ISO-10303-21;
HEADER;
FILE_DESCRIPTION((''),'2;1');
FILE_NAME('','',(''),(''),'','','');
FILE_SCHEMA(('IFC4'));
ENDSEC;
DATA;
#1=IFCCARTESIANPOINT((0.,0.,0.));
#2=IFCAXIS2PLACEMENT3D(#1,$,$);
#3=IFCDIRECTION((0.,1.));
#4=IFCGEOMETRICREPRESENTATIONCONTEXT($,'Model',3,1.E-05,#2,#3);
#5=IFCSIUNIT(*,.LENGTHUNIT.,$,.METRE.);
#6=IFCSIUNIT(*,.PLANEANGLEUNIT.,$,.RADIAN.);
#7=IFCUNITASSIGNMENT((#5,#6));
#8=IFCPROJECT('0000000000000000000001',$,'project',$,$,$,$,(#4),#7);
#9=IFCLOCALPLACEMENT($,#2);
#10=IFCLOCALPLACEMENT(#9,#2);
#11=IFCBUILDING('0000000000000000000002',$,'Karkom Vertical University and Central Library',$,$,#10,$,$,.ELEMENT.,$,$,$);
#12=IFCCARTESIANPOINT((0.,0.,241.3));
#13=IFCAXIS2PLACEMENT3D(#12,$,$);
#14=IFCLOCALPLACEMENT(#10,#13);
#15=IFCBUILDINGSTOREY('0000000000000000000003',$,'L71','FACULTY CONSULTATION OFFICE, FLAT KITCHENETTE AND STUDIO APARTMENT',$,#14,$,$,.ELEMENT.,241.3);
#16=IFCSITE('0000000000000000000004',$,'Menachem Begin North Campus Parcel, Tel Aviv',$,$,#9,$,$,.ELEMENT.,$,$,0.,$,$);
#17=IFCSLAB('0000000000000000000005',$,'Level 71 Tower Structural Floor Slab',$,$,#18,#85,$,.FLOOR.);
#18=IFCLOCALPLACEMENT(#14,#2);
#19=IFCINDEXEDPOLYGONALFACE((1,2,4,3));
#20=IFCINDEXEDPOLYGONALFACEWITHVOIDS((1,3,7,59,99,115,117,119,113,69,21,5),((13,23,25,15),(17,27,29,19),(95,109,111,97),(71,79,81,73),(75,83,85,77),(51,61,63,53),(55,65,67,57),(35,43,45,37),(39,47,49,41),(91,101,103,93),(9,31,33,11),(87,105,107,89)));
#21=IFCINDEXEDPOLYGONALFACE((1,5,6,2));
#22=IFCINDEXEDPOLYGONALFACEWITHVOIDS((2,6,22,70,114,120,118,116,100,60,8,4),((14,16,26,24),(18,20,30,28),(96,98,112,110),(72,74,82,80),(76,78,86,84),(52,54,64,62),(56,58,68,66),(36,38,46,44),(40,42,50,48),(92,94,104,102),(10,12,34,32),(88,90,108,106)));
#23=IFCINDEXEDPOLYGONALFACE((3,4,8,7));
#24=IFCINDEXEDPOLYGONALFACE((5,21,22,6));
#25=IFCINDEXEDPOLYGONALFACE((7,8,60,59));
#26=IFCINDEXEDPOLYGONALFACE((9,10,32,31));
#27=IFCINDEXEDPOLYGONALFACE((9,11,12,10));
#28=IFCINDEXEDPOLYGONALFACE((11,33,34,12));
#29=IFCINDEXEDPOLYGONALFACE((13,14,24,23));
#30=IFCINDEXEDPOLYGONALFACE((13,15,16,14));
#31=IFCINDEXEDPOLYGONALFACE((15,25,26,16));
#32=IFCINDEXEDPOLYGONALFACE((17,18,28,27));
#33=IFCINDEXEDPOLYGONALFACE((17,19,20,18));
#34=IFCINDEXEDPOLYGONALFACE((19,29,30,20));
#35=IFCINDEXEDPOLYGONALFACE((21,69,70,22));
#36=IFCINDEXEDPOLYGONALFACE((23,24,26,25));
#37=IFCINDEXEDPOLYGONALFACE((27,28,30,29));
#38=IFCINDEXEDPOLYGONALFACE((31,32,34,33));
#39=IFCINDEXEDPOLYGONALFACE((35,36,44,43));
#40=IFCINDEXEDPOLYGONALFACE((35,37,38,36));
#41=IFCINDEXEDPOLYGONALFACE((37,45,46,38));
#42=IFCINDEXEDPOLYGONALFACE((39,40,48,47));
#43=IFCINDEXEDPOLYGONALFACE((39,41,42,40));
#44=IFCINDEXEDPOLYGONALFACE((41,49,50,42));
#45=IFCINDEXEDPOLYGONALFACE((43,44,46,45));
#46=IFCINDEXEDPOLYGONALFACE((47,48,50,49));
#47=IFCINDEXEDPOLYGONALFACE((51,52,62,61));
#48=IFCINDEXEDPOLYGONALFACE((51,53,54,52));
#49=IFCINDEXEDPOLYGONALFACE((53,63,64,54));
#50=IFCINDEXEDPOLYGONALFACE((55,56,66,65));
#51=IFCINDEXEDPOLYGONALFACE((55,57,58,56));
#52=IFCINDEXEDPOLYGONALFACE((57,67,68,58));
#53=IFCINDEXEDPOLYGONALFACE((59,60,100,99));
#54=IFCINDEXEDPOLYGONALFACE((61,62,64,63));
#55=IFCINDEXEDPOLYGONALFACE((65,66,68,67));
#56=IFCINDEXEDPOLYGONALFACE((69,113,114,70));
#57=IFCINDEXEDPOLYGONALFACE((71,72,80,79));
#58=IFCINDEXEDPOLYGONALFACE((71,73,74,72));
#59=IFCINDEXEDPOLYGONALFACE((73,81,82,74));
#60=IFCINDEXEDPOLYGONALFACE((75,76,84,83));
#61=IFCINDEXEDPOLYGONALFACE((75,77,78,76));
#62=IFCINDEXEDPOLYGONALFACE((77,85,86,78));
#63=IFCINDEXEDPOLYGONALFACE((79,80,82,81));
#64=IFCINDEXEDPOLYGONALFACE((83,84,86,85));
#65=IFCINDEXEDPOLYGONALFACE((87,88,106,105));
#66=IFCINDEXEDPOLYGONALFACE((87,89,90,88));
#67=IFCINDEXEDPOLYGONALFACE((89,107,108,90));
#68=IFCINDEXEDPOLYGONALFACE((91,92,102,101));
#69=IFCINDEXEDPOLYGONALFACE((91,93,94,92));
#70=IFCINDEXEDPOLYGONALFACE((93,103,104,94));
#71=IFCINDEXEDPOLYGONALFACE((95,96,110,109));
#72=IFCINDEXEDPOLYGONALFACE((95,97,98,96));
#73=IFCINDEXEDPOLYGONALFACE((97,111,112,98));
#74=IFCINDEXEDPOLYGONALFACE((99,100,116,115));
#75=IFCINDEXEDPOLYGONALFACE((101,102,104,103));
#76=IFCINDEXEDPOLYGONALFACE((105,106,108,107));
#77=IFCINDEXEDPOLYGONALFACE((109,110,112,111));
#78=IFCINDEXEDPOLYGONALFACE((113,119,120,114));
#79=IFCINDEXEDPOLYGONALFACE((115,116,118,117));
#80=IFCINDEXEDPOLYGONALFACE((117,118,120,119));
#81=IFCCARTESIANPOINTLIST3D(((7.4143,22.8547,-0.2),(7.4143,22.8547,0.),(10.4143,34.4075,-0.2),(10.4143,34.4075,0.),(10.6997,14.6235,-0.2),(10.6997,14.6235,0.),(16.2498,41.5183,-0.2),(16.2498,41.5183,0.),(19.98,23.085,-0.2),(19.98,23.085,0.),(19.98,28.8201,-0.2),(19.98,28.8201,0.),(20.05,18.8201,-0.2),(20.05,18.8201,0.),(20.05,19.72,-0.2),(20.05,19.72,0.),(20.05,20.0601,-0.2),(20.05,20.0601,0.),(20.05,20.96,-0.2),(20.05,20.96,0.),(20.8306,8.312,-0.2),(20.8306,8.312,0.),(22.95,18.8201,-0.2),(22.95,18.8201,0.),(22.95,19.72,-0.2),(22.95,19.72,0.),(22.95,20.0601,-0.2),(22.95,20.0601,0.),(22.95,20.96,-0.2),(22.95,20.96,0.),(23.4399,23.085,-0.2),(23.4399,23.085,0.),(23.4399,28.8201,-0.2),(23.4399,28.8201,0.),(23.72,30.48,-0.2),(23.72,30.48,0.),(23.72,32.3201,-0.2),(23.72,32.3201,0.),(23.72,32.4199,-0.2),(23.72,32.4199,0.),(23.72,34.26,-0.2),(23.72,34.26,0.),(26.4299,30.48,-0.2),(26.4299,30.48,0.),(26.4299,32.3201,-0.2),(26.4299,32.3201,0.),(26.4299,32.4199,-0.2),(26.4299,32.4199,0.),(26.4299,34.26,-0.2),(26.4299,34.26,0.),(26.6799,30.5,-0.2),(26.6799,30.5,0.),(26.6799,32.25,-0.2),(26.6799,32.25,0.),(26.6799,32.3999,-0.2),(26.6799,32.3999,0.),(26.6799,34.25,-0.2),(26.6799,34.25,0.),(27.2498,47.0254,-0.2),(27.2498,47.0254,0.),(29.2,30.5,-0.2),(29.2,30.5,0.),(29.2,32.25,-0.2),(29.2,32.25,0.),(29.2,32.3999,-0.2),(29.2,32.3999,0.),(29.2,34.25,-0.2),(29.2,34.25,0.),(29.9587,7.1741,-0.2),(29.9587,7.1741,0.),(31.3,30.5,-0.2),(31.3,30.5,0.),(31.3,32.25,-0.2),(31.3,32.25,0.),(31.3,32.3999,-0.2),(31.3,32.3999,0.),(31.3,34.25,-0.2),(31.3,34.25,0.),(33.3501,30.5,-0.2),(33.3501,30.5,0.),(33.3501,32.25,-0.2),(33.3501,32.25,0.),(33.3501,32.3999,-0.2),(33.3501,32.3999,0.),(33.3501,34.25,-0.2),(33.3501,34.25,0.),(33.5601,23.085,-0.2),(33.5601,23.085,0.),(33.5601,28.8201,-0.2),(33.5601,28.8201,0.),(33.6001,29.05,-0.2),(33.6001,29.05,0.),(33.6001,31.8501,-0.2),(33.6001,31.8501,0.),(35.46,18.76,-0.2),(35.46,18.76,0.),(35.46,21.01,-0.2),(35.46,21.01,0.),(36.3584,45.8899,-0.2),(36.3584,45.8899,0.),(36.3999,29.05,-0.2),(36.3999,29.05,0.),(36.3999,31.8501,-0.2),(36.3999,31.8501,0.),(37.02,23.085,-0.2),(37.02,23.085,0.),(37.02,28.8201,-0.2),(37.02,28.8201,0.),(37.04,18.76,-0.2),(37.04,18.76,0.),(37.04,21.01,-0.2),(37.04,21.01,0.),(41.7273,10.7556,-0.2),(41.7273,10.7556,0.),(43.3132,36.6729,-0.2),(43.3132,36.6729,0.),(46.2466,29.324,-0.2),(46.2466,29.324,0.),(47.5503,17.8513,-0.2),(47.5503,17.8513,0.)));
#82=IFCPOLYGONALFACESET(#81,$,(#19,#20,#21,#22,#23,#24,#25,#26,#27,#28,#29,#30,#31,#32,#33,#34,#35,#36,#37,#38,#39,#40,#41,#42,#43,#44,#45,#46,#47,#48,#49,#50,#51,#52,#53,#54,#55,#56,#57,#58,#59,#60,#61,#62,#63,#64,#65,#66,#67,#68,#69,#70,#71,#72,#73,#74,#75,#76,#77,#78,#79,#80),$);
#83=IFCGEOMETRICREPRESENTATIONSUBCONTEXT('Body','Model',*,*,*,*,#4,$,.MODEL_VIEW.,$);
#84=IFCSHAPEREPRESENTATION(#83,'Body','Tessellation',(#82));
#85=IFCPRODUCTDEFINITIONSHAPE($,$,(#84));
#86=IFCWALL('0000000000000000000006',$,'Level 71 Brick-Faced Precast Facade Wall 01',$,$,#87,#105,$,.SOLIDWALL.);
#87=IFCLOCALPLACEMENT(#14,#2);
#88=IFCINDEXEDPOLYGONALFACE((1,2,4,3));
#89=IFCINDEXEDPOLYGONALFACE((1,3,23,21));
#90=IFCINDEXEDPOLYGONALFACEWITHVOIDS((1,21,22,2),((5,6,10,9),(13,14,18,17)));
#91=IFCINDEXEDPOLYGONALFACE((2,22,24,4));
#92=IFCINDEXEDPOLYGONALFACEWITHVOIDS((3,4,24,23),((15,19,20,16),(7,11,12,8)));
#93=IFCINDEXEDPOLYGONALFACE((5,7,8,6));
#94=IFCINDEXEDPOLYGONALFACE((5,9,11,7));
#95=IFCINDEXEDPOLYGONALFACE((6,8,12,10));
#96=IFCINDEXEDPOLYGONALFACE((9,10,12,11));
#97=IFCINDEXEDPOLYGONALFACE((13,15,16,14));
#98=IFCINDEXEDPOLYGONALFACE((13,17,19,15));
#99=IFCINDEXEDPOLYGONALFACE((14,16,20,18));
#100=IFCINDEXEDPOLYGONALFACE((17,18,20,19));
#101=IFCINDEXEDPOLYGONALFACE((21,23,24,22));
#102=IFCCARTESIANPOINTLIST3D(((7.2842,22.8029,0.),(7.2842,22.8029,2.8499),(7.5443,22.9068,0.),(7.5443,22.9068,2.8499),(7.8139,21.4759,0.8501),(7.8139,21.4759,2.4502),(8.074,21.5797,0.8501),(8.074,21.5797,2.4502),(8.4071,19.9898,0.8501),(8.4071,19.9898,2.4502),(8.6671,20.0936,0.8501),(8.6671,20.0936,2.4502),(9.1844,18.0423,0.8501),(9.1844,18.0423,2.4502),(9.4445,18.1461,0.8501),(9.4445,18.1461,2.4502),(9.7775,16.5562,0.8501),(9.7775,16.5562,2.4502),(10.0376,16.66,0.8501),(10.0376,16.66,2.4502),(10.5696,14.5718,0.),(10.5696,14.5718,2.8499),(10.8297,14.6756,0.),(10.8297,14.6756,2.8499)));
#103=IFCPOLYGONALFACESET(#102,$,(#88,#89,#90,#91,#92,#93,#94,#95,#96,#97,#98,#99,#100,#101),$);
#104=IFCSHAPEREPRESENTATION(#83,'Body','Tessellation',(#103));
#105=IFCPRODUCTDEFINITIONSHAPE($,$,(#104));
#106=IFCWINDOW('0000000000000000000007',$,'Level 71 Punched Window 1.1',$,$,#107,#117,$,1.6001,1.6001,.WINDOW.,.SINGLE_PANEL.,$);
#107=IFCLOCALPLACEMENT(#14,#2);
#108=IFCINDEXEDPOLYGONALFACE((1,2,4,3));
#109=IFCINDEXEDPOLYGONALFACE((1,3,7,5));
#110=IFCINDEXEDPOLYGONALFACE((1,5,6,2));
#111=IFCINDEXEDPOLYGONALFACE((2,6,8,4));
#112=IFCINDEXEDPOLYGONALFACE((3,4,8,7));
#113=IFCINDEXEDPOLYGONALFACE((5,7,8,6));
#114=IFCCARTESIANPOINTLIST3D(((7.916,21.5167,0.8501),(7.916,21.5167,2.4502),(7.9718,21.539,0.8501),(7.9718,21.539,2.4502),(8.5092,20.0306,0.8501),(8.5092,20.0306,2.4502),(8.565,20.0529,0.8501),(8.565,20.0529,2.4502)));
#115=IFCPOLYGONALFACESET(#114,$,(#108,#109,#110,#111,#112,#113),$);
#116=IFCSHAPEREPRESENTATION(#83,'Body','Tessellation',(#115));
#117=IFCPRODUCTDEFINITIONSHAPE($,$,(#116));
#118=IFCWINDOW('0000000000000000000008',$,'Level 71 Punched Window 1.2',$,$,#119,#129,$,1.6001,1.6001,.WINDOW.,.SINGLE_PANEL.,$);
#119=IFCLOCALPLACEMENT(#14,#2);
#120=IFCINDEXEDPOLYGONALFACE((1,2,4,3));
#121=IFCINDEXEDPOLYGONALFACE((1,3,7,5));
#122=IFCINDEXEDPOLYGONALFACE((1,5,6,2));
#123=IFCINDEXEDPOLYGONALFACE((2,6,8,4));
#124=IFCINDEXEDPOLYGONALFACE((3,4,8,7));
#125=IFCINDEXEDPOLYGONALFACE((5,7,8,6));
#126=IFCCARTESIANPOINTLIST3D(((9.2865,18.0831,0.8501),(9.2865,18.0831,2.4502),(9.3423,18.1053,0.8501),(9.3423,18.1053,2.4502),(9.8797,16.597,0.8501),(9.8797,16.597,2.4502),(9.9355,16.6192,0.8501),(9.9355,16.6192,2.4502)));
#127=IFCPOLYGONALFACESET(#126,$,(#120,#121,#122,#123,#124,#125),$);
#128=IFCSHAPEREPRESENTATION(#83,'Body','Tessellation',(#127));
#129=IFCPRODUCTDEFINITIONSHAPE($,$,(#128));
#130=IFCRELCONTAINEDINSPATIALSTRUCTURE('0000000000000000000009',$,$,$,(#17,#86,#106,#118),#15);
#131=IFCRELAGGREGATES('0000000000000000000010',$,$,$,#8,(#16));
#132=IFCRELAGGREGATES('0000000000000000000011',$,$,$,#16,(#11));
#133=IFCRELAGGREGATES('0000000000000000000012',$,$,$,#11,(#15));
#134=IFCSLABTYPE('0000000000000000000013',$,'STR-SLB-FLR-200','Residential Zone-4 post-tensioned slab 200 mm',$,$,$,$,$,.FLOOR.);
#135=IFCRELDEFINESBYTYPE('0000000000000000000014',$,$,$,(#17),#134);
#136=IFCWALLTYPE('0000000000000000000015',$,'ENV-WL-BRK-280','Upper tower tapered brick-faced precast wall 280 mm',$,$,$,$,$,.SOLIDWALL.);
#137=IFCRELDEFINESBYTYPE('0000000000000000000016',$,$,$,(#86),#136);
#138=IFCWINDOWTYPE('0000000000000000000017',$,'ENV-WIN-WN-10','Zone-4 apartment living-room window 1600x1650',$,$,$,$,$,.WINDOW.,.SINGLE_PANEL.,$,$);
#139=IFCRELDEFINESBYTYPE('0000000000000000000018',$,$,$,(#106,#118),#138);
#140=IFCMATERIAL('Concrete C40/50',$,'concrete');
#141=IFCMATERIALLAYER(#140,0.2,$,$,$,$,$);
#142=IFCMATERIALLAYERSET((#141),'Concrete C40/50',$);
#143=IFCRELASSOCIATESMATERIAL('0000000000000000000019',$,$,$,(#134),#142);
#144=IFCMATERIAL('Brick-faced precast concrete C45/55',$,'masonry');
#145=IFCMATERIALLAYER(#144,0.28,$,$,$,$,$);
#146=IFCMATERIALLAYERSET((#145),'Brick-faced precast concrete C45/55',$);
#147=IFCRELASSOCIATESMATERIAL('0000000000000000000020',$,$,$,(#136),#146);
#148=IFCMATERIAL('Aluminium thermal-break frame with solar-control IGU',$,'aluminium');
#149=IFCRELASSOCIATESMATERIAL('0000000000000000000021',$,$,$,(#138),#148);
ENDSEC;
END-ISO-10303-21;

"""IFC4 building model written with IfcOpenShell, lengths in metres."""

from ifc_helpers import new_model, si_unit, direction, frame, frame_2d, origin, origin_with_axes, place, context, subcontext, project, spatial, polyline, rectangle, outline, extrude, source, transform, mapped, material, layer, layer_set, type_object, element, fill, save


model = new_model("IFC4")

# Units and contexts
model_context = context("Model", 3, precision=1e-05, world=origin(), true_north=direction((0.0, 1.0)))
body_context = subcontext(model_context, "Body", "Model", "MODEL_VIEW")
ifc_project = project(units=[si_unit("LENGTHUNIT", "METRE"), si_unit("PLANEANGLEUNIT", "RADIAN")], contexts=[model_context])

# Site, building, storey
site_placement = place(None, origin())
site = spatial("IfcSite", under=ifc_project, at=site_placement, Name="Menachem Begin North Campus Parcel, Tel Aviv", CompositionType="ELEMENT", RefElevation=0.0)
building_placement = place(site_placement, origin())
building = spatial("IfcBuilding", under=site, at=building_placement, Name="Karkom Vertical University and Central Library", CompositionType="ELEMENT")
storey_placement = place(building_placement, frame((0.0, 0.0, 241.3)))
storey = spatial("IfcBuildingStorey", under=building, at=storey_placement, Name="L71", Description="FACULTY CONSULTATION OFFICE, FLAT KITCHENETTE AND STUDIO APARTMENT", CompositionType="ELEMENT", Elevation=241.3)

# Slab
ifc_material_1 = material(Name="Concrete C40/50", Category="concrete")
ifc_layer_1 = layer(ifc_material_1, 0.2)
ifc_layer_set_1 = layer_set([ifc_layer_1], Name="Concrete C40/50")
slab_type_1 = type_object("IfcSlabType", Name="STR-SLB-FLR-200", Description="Residential Zone-4 post-tensioned slab 200 mm", PredefinedType="FLOOR", material=ifc_layer_set_1)
slab_1_placement = place(storey_placement, frame((0.0, 0.0, -0.2)))
element("IfcSlab", 1, at=slab_1_placement, inside=storey, type_object=slab_type_1, Name="Level 71 Tower Structural Floor Slab", PredefinedType="FLOOR", context=body_context, shape_type="SweptSolid", body=[
    extrude(outline(polyline([(7.4143, 22.8547), (10.6997, 14.6235), (20.8306, 8.312), (29.9587, 7.1741), (41.7273, 10.7556), (47.5503, 17.8513), (46.2466, 29.324), (43.3132, 36.6729), (36.3584, 45.8899), (27.2498, 47.0254), (16.2498, 41.5183), (10.4143, 34.4075), (7.4143, 22.8547)]), holes=[polyline([(19.98, 23.085), (23.4399, 23.085), (23.4399, 28.8201), (19.98, 28.8201), (19.98, 23.085)]), polyline([(33.5601, 23.085), (37.02, 23.085), (37.02, 28.8201), (33.5601, 28.8201), (33.5601, 23.085)]), polyline([(26.6799, 30.5), (29.2, 30.5), (29.2, 32.25), (26.6799, 32.25), (26.6799, 30.5)]), polyline([(26.6799, 32.3999), (29.2, 32.3999), (29.2, 34.25), (26.6799, 34.25), (26.6799, 32.3999)]), polyline([(31.3, 30.5), (33.3501, 30.5), (33.3501, 32.25), (31.3, 32.25), (31.3, 30.5)]), polyline([(31.3, 32.3999), (33.3501, 32.3999), (33.3501, 34.25), (31.3, 34.25), (31.3, 32.3999)]), polyline([(23.72, 30.48), (26.4299, 30.48), (26.4299, 32.3201), (23.72, 32.3201), (23.72, 30.48)]), polyline([(23.72, 32.4199), (26.4299, 32.4199), (26.4299, 34.26), (23.72, 34.26), (23.72, 32.4199)]), polyline([(33.6001, 29.05), (36.3999, 29.05), (36.3999, 31.8501), (33.6001, 31.8501), (33.6001, 29.05)]), polyline([(20.05, 18.8201), (22.95, 18.8201), (22.95, 19.72), (20.05, 19.72), (20.05, 18.8201)]), polyline([(20.05, 20.0601), (22.95, 20.0601), (22.95, 20.96), (20.05, 20.96), (20.05, 20.0601)]), polyline([(35.46, 18.76), (37.04, 18.76), (37.04, 21.01), (35.46, 21.01), (35.46, 18.76)])]), origin(), (0.0, 0.0, 1.0), 0.2),
])

# Wall, openings, windows
ifc_material_2 = material(Name="Brick-faced precast concrete C45/55", Category="masonry")
ifc_layer_2 = layer(ifc_material_2, 0.28)
ifc_layer_set_2 = layer_set([ifc_layer_2], Name="Brick-faced precast concrete C45/55")
wall_type_1 = type_object("IfcWallType", Name="ENV-WL-BRK-280", Description="Upper tower tapered brick-faced precast wall 280 mm", PredefinedType="SOLIDWALL", material=ifc_layer_set_2)
wall_1_placement = place(storey_placement, frame((7.4143, 22.8547, 0.0), z_axis=(0.0, 0.0, 1.0), x_axis=(0.370702, -0.928752, 0.0)))
wall_1 = element("IfcWall", 2, at=wall_1_placement, inside=storey, type_object=wall_type_1, Name="Level 71 Brick-Faced Precast Facade Wall 01", PredefinedType="SOLIDWALL", context=body_context, shape_type="SweptSolid", body=[
    extrude(rectangle(XDim=8.8625, YDim=0.28, at=frame_2d((4.4312, 0.0))), origin(), (0.0, 0.0, 1.0), 2.8499),
])
opening_1_placement = place(wall_1_placement, frame((1.4287, 0.0, 0.8501)))
opening_1 = element("IfcOpeningElement", 3, at=opening_1_placement, cuts=wall_1, PredefinedType="OPENING", context=body_context, shape_type="SweptSolid", body=[
    extrude(rectangle(XDim=1.6001, YDim=1.6001, at=frame_2d((0.8, 0.8))), frame((0.0, 0.1499, 0.0), z_axis=(0.0, -1.0, 0.0), x_axis=(1.0, 0.0, 0.0)), (0.0, 0.0, 1.0), 0.3),
])
opening_2_placement = place(wall_1_placement, frame((5.1257, 0.0, 0.8501)))
opening_2 = element("IfcOpeningElement", 4, at=opening_2_placement, cuts=wall_1, PredefinedType="OPENING", context=body_context, shape_type="SweptSolid", body=[
    extrude(rectangle(XDim=1.6001, YDim=1.6001, at=frame_2d((0.8, 0.8))), frame((0.0, 0.1499, 0.0), z_axis=(0.0, -1.0, 0.0), x_axis=(1.0, 0.0, 0.0)), (0.0, 0.0, 1.0), 0.3),
])
ifc_material_3 = material(Name="Aluminium thermal-break frame with solar-control IGU", Category="aluminium")
window_type = type_object("IfcWindowType", Name="ENV-WIN-WN-10", Description="Zone-4 apartment living-room window 1600x1650", PartitioningType="SINGLE_PANEL", PredefinedType="WINDOW", material=ifc_material_3)
shared_shape_1 = source(origin_with_axes(), body_context, "Body", "SweptSolid", [
    extrude(rectangle(XDim=1.6001, YDim=1.6001, at=frame_2d((0.8, 0.8))), frame((0.0, 0.03, 0.0), z_axis=(0.0, -1.0, 0.0), x_axis=(1.0, 0.0, 0.0)), (0.0, 0.0, 1.0), 0.0601),
])
window_1_placement = place(opening_1_placement, origin())
window_1 = element("IfcWindow", 5, at=window_1_placement, inside=storey, type_object=window_type, Name="Level 71 Punched Window 1.1", OverallHeight=1.6001, OverallWidth=1.6001, PartitioningType="SINGLE_PANEL", PredefinedType="WINDOW", context=body_context, shape_type="MappedRepresentation", body=[
    mapped(shared_shape_1, transform((0.0, 0.0, 0.0), scale=1.0)),
])
fill(opening_1, window_1)
window_2_placement = place(opening_2_placement, origin())
window_2 = element("IfcWindow", 6, at=window_2_placement, inside=storey, type_object=window_type, Name="Level 71 Punched Window 1.2", OverallHeight=1.6001, OverallWidth=1.6001, PartitioningType="SINGLE_PANEL", PredefinedType="WINDOW", context=body_context, shape_type="MappedRepresentation", body=[
    mapped(shared_shape_1, transform((0.0, 0.0, 0.0), scale=1.0)),
])
fill(opening_2, window_2)

save(model, "model.ifc")
